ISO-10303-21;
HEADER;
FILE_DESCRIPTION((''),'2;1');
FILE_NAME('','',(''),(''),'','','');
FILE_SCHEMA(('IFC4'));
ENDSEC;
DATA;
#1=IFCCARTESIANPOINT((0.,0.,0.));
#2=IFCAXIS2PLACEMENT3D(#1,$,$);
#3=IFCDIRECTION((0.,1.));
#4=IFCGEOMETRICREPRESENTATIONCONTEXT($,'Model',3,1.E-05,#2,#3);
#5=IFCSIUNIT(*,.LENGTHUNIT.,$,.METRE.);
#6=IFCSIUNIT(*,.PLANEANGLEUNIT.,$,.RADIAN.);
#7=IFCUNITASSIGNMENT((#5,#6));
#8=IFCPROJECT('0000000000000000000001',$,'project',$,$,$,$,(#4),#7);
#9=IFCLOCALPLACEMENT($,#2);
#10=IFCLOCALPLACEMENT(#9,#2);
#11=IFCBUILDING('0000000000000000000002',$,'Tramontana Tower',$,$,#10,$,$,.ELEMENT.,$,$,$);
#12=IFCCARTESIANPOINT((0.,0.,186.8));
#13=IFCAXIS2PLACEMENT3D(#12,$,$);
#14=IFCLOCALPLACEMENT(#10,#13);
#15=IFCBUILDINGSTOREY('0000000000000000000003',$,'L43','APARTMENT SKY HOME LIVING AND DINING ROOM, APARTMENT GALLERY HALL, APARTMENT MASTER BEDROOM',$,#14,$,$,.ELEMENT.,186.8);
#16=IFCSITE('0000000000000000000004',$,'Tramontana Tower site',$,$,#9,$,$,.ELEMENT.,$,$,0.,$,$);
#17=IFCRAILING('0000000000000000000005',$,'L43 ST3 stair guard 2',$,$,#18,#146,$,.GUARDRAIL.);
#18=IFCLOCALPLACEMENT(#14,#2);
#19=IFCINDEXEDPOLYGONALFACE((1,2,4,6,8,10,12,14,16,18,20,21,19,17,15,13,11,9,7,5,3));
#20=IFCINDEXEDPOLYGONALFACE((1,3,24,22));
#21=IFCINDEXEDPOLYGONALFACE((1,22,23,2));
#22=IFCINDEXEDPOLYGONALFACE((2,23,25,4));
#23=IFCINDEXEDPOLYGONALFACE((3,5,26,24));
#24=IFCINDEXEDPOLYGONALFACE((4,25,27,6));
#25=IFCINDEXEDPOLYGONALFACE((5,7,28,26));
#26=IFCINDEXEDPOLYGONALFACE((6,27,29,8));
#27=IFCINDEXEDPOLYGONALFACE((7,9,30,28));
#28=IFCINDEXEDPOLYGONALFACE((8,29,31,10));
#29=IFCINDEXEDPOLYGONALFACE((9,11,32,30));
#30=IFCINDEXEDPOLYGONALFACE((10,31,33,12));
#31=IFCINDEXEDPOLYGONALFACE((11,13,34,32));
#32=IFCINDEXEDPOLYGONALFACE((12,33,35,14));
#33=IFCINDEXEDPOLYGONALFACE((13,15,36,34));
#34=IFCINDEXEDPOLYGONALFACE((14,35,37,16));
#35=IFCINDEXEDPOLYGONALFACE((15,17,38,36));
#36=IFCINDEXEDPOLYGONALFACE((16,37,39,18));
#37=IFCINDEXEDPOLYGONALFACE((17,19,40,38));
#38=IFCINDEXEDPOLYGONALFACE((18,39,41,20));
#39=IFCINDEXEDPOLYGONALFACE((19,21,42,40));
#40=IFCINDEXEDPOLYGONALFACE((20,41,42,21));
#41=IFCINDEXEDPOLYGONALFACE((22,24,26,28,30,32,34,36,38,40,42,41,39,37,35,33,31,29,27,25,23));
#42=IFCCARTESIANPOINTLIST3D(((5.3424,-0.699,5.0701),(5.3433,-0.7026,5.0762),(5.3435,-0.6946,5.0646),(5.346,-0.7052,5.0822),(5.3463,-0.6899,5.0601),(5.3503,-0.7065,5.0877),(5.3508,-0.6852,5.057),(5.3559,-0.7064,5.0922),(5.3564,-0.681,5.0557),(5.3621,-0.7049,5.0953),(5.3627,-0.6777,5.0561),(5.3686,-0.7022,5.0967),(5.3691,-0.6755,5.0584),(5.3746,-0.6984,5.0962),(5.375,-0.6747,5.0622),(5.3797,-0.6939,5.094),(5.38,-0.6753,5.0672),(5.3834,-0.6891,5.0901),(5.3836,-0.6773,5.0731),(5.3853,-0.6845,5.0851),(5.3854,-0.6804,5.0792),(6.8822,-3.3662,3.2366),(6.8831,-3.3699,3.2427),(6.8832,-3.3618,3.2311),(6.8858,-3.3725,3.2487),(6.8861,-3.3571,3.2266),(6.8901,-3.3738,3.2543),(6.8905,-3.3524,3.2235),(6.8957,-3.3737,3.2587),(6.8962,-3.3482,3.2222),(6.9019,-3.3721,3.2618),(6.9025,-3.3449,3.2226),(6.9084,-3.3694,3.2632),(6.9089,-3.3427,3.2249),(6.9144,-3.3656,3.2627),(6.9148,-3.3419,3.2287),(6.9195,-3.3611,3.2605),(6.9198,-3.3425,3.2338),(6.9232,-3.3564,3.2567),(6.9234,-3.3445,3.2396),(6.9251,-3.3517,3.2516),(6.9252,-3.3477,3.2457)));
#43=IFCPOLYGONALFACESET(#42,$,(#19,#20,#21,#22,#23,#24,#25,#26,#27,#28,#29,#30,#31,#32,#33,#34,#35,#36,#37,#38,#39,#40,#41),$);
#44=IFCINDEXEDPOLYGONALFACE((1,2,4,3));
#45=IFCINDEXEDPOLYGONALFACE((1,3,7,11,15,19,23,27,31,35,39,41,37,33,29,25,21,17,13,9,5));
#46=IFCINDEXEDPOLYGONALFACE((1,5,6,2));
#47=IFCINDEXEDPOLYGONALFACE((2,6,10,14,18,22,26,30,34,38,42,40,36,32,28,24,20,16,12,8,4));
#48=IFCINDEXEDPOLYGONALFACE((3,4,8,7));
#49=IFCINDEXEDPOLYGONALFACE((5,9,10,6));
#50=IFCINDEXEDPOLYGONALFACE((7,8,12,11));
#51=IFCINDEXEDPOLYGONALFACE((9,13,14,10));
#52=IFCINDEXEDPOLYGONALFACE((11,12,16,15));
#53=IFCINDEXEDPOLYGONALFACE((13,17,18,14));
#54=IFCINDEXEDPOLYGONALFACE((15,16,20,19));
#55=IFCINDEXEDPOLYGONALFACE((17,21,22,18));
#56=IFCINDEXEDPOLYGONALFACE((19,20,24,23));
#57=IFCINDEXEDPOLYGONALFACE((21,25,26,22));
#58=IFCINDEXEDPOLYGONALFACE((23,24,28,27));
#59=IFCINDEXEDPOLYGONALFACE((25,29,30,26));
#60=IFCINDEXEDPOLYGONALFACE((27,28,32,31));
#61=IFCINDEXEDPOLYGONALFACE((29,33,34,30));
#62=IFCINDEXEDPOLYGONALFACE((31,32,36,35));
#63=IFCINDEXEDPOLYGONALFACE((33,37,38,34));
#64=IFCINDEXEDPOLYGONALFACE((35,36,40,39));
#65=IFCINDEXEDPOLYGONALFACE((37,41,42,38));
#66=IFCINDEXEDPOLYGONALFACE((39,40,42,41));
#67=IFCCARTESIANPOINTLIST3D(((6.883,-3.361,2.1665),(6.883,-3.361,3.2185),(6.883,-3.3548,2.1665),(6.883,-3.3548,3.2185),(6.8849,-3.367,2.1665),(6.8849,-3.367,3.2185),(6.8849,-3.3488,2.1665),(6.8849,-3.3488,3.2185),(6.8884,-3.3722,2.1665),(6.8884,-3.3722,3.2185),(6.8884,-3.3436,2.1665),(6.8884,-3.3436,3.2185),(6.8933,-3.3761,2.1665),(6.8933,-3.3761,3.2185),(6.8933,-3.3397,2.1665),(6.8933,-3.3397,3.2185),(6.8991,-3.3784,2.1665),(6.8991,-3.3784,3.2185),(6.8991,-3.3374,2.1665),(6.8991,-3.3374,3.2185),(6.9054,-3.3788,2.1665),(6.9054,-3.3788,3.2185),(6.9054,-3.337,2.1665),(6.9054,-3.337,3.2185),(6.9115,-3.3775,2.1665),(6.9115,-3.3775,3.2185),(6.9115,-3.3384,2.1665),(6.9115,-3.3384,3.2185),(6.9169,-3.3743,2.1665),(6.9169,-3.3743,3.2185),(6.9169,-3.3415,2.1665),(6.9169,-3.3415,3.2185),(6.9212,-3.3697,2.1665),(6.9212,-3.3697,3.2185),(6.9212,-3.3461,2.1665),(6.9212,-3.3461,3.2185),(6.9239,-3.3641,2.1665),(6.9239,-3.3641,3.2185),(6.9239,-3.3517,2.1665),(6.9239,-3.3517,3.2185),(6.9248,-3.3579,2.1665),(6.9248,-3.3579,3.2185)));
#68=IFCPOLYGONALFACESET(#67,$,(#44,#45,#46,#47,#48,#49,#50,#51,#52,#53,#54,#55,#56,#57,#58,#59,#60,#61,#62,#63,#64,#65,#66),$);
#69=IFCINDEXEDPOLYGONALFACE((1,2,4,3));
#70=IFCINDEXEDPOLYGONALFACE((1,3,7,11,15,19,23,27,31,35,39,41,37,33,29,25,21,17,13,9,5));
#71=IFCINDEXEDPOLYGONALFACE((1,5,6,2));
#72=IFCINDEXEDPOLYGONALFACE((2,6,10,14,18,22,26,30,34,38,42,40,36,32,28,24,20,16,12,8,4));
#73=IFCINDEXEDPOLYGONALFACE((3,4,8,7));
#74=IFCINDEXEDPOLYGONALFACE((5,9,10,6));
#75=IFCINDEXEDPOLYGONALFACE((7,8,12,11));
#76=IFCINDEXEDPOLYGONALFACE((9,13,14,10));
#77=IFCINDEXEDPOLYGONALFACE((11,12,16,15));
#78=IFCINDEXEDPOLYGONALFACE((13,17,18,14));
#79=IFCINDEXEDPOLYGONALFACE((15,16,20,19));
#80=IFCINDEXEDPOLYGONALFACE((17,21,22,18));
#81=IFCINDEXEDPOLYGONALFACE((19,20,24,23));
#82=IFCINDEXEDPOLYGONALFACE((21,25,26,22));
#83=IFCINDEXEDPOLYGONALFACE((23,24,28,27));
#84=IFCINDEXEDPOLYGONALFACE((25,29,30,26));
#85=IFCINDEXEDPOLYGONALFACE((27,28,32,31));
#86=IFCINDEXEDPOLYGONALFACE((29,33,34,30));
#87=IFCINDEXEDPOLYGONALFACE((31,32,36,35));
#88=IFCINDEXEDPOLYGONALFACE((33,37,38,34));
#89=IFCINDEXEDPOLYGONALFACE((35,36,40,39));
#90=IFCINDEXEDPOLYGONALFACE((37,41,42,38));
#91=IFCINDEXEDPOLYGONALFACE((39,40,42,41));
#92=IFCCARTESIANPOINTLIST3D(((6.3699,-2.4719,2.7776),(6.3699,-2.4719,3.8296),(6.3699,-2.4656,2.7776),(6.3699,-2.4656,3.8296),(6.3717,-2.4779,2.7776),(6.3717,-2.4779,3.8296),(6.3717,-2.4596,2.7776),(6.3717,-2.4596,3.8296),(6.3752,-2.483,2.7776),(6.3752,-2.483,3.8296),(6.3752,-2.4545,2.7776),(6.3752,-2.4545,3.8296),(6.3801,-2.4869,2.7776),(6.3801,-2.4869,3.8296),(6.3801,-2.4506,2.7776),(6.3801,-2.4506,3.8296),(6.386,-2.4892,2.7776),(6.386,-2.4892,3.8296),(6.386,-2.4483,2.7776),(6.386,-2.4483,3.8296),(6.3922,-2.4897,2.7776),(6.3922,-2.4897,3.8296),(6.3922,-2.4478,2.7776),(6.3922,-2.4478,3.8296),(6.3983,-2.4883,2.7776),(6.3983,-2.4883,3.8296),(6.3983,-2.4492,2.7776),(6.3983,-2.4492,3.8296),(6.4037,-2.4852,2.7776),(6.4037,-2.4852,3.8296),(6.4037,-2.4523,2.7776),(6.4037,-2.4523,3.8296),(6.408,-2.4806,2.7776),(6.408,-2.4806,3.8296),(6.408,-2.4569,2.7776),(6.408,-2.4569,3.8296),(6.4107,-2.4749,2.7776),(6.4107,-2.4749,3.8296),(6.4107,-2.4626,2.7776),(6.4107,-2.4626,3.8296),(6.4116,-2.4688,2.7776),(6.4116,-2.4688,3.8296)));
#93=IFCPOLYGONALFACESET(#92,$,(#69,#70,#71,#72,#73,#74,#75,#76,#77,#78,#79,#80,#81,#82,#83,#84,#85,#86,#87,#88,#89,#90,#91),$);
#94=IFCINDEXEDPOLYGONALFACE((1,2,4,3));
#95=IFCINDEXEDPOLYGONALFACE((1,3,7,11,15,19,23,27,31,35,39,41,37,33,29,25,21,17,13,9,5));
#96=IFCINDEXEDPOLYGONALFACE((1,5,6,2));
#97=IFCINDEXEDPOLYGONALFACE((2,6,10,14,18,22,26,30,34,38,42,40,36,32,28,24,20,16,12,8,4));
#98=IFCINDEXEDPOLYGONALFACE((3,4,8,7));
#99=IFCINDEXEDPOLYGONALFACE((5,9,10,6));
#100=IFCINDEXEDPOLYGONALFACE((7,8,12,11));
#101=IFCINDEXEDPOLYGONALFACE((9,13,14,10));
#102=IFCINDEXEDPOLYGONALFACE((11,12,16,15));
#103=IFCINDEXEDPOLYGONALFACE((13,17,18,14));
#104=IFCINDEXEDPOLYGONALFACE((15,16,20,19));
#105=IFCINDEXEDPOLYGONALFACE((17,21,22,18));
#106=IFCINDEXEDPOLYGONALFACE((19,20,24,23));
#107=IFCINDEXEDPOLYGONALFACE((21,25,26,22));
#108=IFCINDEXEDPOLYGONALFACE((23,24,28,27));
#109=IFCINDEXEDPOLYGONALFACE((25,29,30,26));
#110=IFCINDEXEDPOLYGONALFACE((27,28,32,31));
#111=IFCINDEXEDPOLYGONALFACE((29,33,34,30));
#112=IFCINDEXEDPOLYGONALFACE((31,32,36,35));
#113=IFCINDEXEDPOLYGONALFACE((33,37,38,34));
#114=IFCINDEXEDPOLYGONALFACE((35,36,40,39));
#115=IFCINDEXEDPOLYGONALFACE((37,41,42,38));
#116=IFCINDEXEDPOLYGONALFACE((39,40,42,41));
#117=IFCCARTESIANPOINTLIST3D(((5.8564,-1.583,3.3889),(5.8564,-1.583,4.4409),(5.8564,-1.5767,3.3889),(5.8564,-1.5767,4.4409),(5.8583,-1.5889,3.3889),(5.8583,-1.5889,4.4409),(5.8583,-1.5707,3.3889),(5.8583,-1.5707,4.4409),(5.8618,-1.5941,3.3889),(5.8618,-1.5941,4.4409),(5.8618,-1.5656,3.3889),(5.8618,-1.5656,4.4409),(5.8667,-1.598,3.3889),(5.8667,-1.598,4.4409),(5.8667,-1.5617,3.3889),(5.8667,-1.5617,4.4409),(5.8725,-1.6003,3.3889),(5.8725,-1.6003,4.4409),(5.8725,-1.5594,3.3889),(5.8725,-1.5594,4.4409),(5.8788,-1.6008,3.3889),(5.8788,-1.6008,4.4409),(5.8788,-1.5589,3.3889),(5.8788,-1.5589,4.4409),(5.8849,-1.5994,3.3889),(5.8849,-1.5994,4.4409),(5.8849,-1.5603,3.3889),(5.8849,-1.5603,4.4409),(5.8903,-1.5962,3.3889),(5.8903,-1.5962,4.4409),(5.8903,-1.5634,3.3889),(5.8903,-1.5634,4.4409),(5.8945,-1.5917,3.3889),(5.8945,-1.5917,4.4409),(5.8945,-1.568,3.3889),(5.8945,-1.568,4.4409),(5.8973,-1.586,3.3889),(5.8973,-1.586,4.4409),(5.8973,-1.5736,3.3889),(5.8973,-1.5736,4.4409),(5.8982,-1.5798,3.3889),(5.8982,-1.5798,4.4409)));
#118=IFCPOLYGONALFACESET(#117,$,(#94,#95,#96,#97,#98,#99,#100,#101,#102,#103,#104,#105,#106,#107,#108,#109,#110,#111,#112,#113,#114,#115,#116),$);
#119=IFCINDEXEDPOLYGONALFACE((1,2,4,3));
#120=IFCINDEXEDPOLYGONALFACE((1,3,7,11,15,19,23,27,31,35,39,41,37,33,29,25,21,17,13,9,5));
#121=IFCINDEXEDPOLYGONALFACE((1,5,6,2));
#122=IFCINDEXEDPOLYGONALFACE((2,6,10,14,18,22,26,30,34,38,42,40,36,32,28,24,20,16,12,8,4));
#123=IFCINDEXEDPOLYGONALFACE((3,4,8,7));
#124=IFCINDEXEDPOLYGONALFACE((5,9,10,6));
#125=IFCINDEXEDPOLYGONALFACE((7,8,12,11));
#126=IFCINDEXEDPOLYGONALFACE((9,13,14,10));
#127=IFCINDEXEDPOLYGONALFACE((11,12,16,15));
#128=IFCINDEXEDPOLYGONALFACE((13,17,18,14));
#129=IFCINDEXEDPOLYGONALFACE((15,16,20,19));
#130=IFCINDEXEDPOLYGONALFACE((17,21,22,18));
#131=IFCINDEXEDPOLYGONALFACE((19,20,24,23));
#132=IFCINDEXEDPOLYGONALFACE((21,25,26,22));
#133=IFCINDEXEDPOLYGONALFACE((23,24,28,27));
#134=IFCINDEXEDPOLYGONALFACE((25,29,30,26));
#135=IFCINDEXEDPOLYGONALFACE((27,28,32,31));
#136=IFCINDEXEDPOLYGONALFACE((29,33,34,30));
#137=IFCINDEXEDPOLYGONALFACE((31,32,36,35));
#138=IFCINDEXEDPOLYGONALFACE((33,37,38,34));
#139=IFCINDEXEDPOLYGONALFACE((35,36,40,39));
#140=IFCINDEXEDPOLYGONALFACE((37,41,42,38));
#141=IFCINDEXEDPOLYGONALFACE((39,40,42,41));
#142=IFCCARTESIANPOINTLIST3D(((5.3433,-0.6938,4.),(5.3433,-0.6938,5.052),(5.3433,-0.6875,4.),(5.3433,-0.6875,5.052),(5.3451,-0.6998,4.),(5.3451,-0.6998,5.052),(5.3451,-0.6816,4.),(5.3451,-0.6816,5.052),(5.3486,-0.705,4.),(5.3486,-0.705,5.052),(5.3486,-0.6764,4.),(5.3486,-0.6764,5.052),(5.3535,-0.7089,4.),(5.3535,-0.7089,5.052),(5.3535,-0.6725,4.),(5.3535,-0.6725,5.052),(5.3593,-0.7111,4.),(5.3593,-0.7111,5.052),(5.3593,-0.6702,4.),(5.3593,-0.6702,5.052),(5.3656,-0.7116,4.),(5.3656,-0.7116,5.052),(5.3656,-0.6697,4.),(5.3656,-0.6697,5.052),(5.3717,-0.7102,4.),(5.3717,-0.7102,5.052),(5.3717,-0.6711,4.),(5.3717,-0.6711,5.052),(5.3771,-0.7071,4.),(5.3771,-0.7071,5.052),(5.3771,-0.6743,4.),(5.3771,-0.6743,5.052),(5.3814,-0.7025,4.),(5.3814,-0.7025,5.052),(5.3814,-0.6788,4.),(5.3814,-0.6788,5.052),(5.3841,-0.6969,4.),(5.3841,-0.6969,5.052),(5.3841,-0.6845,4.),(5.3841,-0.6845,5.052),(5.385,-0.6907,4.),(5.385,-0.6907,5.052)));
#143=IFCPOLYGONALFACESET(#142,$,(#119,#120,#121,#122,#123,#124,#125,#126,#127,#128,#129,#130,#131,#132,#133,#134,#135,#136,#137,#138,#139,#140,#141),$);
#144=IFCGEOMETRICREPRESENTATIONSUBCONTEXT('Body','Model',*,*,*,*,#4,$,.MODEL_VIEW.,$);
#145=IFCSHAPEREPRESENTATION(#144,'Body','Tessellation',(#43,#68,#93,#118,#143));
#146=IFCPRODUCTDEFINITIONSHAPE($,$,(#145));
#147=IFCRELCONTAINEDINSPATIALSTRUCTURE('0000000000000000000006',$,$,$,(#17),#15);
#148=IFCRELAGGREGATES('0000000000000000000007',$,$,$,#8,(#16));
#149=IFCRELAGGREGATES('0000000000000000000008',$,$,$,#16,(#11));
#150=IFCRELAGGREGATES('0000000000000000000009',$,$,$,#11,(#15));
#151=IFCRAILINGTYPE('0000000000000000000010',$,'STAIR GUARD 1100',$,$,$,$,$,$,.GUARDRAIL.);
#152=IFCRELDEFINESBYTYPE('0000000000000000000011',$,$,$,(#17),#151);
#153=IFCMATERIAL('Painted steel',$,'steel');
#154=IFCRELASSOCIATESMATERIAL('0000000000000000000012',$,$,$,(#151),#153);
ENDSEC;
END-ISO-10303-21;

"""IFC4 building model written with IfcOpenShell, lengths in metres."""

from ifc_helpers import new_model, si_unit, direction, frame, origin, origin_2d, place, context, subcontext, project, spatial, circle, extrude, material, type_object, element, save


model = new_model("IFC4")

# Units and contexts
model_context = context("Model", 3, precision=1e-05, world=origin(), true_north=direction((0.0, 1.0)))
body_context = subcontext(model_context, "Body", "Model", "MODEL_VIEW")
ifc_project = project(units=[si_unit("LENGTHUNIT", "METRE"), si_unit("PLANEANGLEUNIT", "RADIAN")], contexts=[model_context])

# Site, building, storey
site_placement = place(None, origin())
site = spatial("IfcSite", under=ifc_project, at=site_placement, Name="Tramontana Tower site", CompositionType="ELEMENT", RefElevation=0.0)
building_placement = place(site_placement, origin())
building = spatial("IfcBuilding", under=site, at=building_placement, Name="Tramontana Tower", CompositionType="ELEMENT")
storey_placement = place(building_placement, frame((0.0, 0.0, 186.8)))
storey = spatial("IfcBuildingStorey", under=building, at=storey_placement, Name="L43", Description="APARTMENT SKY HOME LIVING AND DINING ROOM, APARTMENT GALLERY HALL, APARTMENT MASTER BEDROOM", CompositionType="ELEMENT", Elevation=186.8)

# Railing
ifc_material_1 = material(Name="Painted steel", Category="steel")
railing_type_1 = type_object("IfcRailingType", Name="STAIR GUARD 1100", PredefinedType="GUARDRAIL", material=ifc_material_1)
railing_1_placement = place(storey_placement, frame((6.9038, -3.3579, 2.1665)))
element("IfcRailing", 1, at=railing_1_placement, inside=storey, type_object=railing_type_1, Name="L43 ST3 stair guard 2", PredefinedType="GUARDRAIL", context=body_context, shape_type="SweptSolid", body=[
    extrude(circle(Radius=0.0239, at=origin_2d()), frame((0.0, 0.0, 1.0762), z_axis=(-0.429601, 0.744155, 0.511543), x_axis=(-0.866044, -0.499967, 0.0)), (0.0, 0.0, 1.0), 3.5842),
    extrude(circle(Radius=0.021, at=origin_2d()), origin(), (0.0, 0.0, 1.0), 1.052),
    extrude(circle(Radius=0.021, at=origin_2d()), frame((-0.5132, 0.8892, 0.6111)), (0.0, 0.0, 1.0), 1.052),
    extrude(circle(Radius=0.021, at=origin_2d()), frame((-1.0266, 1.7781, 1.2224)), (0.0, 0.0, 1.0), 1.052),
    extrude(circle(Radius=0.021, at=origin_2d()), frame((-1.5398, 2.6672, 1.8335)), (0.0, 0.0, 1.0), 1.052),
])

save(model, "model.ifc")
